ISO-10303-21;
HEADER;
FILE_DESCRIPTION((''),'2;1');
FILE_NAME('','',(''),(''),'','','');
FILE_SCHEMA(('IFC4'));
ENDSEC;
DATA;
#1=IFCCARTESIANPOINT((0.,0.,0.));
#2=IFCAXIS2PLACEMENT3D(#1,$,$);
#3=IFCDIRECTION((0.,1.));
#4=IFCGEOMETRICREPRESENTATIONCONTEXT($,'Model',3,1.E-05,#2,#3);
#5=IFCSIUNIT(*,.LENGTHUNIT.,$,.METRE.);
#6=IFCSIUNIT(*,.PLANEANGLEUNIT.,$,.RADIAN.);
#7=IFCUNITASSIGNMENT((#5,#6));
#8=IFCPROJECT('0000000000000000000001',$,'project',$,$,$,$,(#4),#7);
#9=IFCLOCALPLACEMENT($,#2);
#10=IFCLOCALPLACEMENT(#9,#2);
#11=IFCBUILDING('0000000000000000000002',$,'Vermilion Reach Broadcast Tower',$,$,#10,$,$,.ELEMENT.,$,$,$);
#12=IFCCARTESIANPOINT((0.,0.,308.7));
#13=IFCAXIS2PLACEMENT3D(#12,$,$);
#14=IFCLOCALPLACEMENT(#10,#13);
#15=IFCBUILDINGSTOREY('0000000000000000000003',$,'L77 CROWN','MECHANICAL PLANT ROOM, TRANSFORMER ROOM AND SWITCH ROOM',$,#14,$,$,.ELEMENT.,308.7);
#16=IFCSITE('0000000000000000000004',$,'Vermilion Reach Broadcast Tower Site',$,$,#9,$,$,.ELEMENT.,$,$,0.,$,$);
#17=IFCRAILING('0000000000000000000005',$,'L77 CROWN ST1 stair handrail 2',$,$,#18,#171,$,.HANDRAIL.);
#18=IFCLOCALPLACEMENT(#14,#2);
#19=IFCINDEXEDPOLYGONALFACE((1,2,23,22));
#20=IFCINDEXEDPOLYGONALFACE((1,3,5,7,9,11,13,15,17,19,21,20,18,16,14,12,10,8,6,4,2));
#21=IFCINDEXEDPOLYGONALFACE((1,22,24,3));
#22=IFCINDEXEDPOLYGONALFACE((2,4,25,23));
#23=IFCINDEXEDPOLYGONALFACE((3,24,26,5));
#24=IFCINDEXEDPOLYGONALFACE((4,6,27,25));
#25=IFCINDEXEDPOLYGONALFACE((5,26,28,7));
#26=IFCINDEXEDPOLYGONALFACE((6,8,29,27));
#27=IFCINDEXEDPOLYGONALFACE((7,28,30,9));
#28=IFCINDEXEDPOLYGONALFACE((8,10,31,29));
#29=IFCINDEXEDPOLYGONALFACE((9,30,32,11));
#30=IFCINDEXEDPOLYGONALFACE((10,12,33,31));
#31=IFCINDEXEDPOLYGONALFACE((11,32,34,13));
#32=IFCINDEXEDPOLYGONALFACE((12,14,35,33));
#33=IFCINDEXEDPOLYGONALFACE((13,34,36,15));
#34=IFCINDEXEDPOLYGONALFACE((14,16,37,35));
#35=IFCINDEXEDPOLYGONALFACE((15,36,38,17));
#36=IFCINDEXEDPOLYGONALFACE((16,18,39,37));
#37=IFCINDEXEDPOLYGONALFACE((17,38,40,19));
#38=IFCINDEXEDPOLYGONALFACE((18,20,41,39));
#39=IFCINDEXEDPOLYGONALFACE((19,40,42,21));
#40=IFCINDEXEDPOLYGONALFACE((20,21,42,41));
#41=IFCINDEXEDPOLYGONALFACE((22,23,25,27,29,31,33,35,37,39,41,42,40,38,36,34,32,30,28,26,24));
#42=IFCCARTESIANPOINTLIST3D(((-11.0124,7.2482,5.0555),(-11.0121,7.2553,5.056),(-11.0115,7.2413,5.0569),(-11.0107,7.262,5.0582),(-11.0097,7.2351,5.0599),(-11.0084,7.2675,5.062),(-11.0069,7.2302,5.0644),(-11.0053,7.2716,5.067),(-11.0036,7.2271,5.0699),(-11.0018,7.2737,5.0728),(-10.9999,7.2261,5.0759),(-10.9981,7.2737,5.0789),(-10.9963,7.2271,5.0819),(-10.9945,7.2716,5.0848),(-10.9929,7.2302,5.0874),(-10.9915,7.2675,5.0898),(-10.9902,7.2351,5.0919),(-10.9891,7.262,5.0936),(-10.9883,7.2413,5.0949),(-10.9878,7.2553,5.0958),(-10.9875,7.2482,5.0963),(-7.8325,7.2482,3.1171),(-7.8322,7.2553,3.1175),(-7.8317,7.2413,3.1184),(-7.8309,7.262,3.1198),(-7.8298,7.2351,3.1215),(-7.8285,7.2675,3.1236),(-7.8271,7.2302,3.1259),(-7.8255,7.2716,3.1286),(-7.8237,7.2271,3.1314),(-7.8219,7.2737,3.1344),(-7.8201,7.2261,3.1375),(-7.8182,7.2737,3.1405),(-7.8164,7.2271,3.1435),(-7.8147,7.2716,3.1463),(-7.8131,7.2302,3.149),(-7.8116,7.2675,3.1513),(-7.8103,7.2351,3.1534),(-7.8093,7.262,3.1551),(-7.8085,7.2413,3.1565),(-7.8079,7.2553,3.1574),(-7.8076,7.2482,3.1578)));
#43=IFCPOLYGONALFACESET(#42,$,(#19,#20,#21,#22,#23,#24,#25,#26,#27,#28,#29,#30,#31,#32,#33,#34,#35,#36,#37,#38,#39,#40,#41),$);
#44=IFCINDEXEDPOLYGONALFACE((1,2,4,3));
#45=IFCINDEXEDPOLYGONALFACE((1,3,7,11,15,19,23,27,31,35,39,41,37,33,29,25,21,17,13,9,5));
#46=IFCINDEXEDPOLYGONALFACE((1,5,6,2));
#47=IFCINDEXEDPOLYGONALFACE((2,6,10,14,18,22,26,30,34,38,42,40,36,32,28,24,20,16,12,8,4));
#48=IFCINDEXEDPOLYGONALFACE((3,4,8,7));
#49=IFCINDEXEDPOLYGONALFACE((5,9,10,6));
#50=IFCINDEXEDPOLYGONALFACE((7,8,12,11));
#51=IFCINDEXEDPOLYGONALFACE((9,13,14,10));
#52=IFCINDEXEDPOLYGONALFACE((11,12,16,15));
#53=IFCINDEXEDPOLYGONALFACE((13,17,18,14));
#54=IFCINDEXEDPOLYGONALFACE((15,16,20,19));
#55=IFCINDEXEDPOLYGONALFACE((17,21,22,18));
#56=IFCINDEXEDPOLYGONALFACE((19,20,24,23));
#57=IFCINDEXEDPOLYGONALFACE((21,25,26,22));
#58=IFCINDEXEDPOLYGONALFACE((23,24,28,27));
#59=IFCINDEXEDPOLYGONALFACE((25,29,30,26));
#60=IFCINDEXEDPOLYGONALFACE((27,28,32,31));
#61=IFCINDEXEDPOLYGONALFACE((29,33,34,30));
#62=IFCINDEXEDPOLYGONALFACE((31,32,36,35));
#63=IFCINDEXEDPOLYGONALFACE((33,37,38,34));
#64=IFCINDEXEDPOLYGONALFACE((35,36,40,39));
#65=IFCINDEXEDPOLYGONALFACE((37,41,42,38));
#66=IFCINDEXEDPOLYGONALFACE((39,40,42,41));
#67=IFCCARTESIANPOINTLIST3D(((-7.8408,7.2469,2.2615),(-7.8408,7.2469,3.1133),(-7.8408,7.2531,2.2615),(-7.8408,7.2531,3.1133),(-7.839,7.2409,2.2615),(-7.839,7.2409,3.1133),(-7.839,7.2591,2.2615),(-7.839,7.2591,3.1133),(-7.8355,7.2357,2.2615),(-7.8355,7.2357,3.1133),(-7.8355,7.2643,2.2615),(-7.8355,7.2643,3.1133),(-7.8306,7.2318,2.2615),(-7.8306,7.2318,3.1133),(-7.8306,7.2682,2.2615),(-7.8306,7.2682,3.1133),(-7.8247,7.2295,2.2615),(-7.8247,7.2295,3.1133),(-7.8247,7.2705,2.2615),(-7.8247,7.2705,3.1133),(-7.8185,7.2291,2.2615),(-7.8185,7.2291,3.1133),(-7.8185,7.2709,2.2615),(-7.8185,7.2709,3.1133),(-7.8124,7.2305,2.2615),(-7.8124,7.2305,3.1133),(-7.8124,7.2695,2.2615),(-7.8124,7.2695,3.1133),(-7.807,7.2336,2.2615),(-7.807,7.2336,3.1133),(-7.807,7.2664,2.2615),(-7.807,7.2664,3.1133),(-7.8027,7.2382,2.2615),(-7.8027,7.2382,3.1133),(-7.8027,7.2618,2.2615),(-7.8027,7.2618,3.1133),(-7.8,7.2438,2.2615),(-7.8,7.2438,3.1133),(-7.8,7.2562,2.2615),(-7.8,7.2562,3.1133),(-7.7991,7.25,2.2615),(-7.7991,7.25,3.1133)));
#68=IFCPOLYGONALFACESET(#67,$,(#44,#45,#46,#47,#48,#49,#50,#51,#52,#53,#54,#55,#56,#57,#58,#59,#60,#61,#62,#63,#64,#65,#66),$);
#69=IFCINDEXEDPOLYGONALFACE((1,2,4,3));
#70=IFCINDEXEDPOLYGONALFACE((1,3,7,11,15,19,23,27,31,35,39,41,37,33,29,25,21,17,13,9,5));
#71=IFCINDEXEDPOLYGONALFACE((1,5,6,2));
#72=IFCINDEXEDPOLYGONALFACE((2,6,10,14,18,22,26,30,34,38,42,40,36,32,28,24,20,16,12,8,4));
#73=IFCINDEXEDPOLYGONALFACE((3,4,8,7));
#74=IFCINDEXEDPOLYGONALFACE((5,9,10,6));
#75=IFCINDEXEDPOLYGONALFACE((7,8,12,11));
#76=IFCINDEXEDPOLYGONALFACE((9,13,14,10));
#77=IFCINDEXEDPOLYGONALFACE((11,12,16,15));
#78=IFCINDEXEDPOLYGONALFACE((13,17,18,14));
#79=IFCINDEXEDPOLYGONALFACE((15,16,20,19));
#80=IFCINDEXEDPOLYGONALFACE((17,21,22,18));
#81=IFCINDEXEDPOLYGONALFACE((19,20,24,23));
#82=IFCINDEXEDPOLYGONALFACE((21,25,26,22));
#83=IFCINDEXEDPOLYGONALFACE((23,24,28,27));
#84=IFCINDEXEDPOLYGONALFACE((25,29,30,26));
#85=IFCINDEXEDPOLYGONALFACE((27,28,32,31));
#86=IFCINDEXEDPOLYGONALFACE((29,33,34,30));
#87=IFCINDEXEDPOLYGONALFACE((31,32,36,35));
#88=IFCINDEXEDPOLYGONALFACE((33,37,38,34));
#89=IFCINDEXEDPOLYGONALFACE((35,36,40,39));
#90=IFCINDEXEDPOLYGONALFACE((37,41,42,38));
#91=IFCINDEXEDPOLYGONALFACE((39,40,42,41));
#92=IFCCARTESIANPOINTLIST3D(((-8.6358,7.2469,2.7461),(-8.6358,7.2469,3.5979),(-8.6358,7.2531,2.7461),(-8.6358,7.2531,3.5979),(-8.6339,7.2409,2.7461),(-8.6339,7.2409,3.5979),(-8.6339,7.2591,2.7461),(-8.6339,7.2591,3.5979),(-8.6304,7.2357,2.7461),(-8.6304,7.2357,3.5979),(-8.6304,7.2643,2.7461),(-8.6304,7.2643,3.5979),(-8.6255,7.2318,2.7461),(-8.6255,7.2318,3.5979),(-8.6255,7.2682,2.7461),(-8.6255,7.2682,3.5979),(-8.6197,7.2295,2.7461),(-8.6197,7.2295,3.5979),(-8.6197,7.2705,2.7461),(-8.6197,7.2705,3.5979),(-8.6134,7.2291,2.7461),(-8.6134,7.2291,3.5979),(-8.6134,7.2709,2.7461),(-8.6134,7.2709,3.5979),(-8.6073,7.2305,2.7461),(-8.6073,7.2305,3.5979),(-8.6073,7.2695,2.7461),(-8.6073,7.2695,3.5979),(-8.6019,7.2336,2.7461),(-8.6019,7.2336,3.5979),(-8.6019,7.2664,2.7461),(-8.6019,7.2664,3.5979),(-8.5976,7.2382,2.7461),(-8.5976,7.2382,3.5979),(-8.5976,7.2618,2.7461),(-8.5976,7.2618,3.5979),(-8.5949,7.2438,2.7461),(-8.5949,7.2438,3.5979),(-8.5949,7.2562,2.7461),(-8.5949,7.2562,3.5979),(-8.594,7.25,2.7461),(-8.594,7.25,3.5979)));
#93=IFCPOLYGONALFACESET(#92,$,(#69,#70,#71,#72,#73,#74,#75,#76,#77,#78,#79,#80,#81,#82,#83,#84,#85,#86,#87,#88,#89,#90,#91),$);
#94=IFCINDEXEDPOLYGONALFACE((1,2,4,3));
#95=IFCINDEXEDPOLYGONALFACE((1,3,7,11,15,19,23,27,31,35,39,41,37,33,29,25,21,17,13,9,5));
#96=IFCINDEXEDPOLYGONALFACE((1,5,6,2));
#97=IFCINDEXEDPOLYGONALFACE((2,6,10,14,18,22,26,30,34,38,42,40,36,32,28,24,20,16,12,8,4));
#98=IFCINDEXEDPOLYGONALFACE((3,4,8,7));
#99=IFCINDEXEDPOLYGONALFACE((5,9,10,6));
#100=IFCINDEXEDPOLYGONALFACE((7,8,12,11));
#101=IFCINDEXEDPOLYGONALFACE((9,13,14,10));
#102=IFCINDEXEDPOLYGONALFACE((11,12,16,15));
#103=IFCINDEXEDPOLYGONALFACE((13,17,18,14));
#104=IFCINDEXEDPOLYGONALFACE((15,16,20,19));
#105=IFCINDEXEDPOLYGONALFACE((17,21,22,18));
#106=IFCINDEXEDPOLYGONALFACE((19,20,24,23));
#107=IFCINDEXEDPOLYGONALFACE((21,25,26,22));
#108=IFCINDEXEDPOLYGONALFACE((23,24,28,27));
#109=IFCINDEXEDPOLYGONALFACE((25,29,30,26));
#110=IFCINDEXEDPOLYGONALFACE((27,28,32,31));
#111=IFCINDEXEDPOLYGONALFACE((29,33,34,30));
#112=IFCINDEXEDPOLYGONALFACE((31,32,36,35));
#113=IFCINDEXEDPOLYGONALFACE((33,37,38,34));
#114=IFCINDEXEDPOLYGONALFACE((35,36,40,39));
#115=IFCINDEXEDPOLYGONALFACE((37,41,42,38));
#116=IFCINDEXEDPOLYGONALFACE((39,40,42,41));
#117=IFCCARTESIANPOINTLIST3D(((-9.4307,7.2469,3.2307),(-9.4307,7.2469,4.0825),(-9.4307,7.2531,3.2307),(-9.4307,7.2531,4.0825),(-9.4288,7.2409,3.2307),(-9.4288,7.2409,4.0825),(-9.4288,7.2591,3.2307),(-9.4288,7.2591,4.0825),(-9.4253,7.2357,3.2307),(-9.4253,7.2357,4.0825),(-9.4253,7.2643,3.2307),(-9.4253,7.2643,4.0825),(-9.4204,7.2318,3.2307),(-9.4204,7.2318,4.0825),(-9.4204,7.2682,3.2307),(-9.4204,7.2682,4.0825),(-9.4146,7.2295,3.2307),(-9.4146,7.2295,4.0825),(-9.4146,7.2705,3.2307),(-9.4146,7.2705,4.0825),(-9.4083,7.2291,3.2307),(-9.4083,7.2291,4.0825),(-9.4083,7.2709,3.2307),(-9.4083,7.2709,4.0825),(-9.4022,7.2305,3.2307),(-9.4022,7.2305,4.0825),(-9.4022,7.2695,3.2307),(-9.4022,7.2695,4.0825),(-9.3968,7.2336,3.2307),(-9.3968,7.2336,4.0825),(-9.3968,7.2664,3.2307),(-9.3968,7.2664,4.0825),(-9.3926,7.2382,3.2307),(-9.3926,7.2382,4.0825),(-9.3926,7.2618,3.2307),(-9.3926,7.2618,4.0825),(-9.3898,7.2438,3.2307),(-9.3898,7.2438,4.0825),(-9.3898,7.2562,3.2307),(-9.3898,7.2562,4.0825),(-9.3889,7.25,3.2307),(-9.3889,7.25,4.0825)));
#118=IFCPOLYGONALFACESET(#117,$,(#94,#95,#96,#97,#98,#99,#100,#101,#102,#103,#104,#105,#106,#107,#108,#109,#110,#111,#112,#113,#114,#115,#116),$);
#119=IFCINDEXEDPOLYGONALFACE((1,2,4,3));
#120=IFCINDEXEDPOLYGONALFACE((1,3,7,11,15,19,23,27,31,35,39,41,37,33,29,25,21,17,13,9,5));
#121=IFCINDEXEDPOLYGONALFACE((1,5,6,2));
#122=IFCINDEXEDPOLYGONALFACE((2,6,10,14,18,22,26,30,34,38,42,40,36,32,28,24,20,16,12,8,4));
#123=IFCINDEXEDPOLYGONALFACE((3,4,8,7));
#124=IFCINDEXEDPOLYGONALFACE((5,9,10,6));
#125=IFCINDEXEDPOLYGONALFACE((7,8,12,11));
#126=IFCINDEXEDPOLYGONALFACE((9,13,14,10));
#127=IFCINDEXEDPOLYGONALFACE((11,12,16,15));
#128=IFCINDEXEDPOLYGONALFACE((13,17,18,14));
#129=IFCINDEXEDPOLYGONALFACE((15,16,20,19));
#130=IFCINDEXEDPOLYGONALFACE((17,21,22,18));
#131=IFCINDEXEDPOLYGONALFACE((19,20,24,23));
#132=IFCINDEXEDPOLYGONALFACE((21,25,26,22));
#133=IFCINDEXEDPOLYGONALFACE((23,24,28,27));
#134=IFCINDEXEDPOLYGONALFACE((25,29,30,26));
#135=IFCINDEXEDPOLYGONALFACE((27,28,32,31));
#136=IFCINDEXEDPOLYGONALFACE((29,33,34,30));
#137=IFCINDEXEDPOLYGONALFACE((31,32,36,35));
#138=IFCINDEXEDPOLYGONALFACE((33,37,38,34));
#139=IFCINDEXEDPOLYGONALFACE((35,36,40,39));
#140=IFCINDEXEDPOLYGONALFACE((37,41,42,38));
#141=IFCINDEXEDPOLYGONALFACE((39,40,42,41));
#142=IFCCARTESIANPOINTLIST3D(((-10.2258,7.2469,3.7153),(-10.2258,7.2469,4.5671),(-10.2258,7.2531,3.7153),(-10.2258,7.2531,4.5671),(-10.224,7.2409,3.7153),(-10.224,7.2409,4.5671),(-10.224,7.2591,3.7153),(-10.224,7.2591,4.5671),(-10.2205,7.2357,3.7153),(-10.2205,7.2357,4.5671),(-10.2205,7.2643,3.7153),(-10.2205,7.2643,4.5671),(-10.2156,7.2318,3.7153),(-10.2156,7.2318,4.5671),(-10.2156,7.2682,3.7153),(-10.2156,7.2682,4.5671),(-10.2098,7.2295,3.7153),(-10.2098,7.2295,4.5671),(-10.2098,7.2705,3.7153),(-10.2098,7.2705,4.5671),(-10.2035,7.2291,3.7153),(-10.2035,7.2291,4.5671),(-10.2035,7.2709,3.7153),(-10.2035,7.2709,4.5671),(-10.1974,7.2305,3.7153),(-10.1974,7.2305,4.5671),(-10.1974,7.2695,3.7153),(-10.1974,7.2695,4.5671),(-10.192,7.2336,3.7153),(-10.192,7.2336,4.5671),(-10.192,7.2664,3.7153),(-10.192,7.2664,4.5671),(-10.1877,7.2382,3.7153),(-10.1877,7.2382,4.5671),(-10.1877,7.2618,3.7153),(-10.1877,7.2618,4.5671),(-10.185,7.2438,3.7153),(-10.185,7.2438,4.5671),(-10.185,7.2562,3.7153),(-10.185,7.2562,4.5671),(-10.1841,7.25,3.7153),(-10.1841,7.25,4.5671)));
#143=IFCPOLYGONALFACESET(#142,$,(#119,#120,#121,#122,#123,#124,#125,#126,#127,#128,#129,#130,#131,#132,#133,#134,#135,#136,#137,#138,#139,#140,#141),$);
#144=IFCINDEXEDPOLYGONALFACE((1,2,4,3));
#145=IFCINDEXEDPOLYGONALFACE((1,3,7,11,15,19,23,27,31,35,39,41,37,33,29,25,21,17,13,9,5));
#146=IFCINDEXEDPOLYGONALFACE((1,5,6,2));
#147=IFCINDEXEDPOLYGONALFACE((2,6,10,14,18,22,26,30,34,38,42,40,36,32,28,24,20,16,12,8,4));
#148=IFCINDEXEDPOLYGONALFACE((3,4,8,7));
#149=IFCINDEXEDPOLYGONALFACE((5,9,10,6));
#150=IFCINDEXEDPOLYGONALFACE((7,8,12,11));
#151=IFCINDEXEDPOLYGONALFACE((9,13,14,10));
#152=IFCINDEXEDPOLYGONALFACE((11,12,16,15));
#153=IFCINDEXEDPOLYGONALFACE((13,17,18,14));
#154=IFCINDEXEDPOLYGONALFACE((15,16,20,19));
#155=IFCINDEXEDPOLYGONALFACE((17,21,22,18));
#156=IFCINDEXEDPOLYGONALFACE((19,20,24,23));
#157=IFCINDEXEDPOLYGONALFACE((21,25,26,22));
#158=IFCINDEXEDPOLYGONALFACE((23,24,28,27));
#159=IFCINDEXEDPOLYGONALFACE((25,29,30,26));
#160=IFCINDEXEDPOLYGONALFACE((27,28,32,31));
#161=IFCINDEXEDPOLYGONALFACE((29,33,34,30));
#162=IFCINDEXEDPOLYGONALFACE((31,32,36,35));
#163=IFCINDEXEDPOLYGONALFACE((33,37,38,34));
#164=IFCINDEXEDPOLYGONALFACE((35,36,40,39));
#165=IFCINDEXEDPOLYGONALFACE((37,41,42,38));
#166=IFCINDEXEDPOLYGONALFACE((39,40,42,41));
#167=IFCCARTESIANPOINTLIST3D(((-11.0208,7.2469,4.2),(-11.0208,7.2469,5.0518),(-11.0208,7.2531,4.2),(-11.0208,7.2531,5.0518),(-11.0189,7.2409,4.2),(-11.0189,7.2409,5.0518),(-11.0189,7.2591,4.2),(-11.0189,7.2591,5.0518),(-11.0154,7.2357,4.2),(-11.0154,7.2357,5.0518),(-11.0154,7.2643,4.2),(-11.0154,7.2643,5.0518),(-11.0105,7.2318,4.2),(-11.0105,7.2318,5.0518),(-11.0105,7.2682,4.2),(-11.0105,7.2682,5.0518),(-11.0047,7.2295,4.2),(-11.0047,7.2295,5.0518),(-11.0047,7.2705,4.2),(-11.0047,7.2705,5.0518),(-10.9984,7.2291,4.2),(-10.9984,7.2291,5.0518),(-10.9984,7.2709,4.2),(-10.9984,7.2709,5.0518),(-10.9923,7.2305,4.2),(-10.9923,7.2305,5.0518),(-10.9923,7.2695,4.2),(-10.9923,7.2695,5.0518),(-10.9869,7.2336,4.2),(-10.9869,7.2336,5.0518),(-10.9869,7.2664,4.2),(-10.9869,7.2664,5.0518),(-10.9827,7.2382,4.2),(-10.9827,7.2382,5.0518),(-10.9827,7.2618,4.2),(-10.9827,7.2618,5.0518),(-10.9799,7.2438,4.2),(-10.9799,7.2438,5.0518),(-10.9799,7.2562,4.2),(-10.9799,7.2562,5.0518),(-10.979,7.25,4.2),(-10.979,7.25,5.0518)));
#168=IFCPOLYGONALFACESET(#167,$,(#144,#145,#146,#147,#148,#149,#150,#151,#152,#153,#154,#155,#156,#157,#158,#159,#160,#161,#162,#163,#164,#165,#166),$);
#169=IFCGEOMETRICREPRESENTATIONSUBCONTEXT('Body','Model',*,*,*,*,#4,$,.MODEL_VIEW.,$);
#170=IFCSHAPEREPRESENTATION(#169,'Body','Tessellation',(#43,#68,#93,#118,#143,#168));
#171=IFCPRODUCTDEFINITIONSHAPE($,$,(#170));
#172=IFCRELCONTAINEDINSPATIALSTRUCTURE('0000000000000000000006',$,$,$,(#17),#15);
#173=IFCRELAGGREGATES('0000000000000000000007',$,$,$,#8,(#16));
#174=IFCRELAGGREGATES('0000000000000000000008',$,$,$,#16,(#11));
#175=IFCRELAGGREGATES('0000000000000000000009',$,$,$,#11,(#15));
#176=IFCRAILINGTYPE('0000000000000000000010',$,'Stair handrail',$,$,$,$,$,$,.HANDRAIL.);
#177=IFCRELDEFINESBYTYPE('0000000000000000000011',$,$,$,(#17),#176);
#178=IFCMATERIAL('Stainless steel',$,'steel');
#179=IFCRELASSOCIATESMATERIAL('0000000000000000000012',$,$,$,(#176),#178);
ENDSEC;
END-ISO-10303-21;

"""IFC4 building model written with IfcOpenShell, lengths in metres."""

from ifc_helpers import new_model, si_unit, direction, frame, origin, origin_2d, place, context, subcontext, project, spatial, circle, extrude, material, type_object, element, save


model = new_model("IFC4")

# Units and contexts
model_context = context("Model", 3, precision=1e-05, world=origin(), true_north=direction((0.0, 1.0)))
body_context = subcontext(model_context, "Body", "Model", "MODEL_VIEW")
ifc_project = project(units=[si_unit("LENGTHUNIT", "METRE"), si_unit("PLANEANGLEUNIT", "RADIAN")], contexts=[model_context])

# Site, building, storey
site_placement = place(None, origin())
site = spatial("IfcSite", under=ifc_project, at=site_placement, Name="Vermilion Reach Broadcast Tower Site", CompositionType="ELEMENT", RefElevation=0.0)
building_placement = place(site_placement, origin())
building = spatial("IfcBuilding", under=site, at=building_placement, Name="Vermilion Reach Broadcast Tower", CompositionType="ELEMENT")
storey_placement = place(building_placement, frame((0.0, 0.0, 308.7)))
storey = spatial("IfcBuildingStorey", under=building, at=storey_placement, Name="L77 CROWN", Description="MECHANICAL PLANT ROOM, TRANSFORMER ROOM AND SWITCH ROOM", CompositionType="ELEMENT", Elevation=308.7)

# Railing
ifc_material_1 = material(Name="Stainless steel", Category="steel")
railing_type_1 = type_object("IfcRailingType", Name="Stair handrail", PredefinedType="HANDRAIL", material=ifc_material_1)
railing_1_placement = place(storey_placement, frame((-7.8201, 7.25, 2.2615)))
element("IfcRailing", 1, at=railing_1_placement, inside=storey, type_object=railing_type_1, Name="L77 CROWN ST1 stair handrail 2", PredefinedType="HANDRAIL", context=body_context, shape_type="SweptSolid", body=[
    extrude(circle(Radius=0.0239, at=origin_2d()), frame((0.0, 0.0, 0.876), z_axis=(-0.853857, 0.0, 0.520508), x_axis=(0.0, -1.0, 0.0)), (0.0, 0.0, 1.0), 3.7241),
    extrude(circle(Radius=0.021, at=origin_2d()), origin(), (0.0, 0.0, 1.0), 0.8518),
    extrude(circle(Radius=0.021, at=origin_2d()), frame((-0.7949, 0.0, 0.4846)), (0.0, 0.0, 1.0), 0.8518),
    extrude(circle(Radius=0.021, at=origin_2d()), frame((-1.5898, 0.0, 0.9692)), (0.0, 0.0, 1.0), 0.8518),
    extrude(circle(Radius=0.021, at=origin_2d()), frame((-2.385, 0.0, 1.4539)), (0.0, 0.0, 1.0), 0.8518),
    extrude(circle(Radius=0.021, at=origin_2d()), frame((-3.1799, 0.0, 1.9385)), (0.0, 0.0, 1.0), 0.8518),
])

save(model, "model.ifc")
